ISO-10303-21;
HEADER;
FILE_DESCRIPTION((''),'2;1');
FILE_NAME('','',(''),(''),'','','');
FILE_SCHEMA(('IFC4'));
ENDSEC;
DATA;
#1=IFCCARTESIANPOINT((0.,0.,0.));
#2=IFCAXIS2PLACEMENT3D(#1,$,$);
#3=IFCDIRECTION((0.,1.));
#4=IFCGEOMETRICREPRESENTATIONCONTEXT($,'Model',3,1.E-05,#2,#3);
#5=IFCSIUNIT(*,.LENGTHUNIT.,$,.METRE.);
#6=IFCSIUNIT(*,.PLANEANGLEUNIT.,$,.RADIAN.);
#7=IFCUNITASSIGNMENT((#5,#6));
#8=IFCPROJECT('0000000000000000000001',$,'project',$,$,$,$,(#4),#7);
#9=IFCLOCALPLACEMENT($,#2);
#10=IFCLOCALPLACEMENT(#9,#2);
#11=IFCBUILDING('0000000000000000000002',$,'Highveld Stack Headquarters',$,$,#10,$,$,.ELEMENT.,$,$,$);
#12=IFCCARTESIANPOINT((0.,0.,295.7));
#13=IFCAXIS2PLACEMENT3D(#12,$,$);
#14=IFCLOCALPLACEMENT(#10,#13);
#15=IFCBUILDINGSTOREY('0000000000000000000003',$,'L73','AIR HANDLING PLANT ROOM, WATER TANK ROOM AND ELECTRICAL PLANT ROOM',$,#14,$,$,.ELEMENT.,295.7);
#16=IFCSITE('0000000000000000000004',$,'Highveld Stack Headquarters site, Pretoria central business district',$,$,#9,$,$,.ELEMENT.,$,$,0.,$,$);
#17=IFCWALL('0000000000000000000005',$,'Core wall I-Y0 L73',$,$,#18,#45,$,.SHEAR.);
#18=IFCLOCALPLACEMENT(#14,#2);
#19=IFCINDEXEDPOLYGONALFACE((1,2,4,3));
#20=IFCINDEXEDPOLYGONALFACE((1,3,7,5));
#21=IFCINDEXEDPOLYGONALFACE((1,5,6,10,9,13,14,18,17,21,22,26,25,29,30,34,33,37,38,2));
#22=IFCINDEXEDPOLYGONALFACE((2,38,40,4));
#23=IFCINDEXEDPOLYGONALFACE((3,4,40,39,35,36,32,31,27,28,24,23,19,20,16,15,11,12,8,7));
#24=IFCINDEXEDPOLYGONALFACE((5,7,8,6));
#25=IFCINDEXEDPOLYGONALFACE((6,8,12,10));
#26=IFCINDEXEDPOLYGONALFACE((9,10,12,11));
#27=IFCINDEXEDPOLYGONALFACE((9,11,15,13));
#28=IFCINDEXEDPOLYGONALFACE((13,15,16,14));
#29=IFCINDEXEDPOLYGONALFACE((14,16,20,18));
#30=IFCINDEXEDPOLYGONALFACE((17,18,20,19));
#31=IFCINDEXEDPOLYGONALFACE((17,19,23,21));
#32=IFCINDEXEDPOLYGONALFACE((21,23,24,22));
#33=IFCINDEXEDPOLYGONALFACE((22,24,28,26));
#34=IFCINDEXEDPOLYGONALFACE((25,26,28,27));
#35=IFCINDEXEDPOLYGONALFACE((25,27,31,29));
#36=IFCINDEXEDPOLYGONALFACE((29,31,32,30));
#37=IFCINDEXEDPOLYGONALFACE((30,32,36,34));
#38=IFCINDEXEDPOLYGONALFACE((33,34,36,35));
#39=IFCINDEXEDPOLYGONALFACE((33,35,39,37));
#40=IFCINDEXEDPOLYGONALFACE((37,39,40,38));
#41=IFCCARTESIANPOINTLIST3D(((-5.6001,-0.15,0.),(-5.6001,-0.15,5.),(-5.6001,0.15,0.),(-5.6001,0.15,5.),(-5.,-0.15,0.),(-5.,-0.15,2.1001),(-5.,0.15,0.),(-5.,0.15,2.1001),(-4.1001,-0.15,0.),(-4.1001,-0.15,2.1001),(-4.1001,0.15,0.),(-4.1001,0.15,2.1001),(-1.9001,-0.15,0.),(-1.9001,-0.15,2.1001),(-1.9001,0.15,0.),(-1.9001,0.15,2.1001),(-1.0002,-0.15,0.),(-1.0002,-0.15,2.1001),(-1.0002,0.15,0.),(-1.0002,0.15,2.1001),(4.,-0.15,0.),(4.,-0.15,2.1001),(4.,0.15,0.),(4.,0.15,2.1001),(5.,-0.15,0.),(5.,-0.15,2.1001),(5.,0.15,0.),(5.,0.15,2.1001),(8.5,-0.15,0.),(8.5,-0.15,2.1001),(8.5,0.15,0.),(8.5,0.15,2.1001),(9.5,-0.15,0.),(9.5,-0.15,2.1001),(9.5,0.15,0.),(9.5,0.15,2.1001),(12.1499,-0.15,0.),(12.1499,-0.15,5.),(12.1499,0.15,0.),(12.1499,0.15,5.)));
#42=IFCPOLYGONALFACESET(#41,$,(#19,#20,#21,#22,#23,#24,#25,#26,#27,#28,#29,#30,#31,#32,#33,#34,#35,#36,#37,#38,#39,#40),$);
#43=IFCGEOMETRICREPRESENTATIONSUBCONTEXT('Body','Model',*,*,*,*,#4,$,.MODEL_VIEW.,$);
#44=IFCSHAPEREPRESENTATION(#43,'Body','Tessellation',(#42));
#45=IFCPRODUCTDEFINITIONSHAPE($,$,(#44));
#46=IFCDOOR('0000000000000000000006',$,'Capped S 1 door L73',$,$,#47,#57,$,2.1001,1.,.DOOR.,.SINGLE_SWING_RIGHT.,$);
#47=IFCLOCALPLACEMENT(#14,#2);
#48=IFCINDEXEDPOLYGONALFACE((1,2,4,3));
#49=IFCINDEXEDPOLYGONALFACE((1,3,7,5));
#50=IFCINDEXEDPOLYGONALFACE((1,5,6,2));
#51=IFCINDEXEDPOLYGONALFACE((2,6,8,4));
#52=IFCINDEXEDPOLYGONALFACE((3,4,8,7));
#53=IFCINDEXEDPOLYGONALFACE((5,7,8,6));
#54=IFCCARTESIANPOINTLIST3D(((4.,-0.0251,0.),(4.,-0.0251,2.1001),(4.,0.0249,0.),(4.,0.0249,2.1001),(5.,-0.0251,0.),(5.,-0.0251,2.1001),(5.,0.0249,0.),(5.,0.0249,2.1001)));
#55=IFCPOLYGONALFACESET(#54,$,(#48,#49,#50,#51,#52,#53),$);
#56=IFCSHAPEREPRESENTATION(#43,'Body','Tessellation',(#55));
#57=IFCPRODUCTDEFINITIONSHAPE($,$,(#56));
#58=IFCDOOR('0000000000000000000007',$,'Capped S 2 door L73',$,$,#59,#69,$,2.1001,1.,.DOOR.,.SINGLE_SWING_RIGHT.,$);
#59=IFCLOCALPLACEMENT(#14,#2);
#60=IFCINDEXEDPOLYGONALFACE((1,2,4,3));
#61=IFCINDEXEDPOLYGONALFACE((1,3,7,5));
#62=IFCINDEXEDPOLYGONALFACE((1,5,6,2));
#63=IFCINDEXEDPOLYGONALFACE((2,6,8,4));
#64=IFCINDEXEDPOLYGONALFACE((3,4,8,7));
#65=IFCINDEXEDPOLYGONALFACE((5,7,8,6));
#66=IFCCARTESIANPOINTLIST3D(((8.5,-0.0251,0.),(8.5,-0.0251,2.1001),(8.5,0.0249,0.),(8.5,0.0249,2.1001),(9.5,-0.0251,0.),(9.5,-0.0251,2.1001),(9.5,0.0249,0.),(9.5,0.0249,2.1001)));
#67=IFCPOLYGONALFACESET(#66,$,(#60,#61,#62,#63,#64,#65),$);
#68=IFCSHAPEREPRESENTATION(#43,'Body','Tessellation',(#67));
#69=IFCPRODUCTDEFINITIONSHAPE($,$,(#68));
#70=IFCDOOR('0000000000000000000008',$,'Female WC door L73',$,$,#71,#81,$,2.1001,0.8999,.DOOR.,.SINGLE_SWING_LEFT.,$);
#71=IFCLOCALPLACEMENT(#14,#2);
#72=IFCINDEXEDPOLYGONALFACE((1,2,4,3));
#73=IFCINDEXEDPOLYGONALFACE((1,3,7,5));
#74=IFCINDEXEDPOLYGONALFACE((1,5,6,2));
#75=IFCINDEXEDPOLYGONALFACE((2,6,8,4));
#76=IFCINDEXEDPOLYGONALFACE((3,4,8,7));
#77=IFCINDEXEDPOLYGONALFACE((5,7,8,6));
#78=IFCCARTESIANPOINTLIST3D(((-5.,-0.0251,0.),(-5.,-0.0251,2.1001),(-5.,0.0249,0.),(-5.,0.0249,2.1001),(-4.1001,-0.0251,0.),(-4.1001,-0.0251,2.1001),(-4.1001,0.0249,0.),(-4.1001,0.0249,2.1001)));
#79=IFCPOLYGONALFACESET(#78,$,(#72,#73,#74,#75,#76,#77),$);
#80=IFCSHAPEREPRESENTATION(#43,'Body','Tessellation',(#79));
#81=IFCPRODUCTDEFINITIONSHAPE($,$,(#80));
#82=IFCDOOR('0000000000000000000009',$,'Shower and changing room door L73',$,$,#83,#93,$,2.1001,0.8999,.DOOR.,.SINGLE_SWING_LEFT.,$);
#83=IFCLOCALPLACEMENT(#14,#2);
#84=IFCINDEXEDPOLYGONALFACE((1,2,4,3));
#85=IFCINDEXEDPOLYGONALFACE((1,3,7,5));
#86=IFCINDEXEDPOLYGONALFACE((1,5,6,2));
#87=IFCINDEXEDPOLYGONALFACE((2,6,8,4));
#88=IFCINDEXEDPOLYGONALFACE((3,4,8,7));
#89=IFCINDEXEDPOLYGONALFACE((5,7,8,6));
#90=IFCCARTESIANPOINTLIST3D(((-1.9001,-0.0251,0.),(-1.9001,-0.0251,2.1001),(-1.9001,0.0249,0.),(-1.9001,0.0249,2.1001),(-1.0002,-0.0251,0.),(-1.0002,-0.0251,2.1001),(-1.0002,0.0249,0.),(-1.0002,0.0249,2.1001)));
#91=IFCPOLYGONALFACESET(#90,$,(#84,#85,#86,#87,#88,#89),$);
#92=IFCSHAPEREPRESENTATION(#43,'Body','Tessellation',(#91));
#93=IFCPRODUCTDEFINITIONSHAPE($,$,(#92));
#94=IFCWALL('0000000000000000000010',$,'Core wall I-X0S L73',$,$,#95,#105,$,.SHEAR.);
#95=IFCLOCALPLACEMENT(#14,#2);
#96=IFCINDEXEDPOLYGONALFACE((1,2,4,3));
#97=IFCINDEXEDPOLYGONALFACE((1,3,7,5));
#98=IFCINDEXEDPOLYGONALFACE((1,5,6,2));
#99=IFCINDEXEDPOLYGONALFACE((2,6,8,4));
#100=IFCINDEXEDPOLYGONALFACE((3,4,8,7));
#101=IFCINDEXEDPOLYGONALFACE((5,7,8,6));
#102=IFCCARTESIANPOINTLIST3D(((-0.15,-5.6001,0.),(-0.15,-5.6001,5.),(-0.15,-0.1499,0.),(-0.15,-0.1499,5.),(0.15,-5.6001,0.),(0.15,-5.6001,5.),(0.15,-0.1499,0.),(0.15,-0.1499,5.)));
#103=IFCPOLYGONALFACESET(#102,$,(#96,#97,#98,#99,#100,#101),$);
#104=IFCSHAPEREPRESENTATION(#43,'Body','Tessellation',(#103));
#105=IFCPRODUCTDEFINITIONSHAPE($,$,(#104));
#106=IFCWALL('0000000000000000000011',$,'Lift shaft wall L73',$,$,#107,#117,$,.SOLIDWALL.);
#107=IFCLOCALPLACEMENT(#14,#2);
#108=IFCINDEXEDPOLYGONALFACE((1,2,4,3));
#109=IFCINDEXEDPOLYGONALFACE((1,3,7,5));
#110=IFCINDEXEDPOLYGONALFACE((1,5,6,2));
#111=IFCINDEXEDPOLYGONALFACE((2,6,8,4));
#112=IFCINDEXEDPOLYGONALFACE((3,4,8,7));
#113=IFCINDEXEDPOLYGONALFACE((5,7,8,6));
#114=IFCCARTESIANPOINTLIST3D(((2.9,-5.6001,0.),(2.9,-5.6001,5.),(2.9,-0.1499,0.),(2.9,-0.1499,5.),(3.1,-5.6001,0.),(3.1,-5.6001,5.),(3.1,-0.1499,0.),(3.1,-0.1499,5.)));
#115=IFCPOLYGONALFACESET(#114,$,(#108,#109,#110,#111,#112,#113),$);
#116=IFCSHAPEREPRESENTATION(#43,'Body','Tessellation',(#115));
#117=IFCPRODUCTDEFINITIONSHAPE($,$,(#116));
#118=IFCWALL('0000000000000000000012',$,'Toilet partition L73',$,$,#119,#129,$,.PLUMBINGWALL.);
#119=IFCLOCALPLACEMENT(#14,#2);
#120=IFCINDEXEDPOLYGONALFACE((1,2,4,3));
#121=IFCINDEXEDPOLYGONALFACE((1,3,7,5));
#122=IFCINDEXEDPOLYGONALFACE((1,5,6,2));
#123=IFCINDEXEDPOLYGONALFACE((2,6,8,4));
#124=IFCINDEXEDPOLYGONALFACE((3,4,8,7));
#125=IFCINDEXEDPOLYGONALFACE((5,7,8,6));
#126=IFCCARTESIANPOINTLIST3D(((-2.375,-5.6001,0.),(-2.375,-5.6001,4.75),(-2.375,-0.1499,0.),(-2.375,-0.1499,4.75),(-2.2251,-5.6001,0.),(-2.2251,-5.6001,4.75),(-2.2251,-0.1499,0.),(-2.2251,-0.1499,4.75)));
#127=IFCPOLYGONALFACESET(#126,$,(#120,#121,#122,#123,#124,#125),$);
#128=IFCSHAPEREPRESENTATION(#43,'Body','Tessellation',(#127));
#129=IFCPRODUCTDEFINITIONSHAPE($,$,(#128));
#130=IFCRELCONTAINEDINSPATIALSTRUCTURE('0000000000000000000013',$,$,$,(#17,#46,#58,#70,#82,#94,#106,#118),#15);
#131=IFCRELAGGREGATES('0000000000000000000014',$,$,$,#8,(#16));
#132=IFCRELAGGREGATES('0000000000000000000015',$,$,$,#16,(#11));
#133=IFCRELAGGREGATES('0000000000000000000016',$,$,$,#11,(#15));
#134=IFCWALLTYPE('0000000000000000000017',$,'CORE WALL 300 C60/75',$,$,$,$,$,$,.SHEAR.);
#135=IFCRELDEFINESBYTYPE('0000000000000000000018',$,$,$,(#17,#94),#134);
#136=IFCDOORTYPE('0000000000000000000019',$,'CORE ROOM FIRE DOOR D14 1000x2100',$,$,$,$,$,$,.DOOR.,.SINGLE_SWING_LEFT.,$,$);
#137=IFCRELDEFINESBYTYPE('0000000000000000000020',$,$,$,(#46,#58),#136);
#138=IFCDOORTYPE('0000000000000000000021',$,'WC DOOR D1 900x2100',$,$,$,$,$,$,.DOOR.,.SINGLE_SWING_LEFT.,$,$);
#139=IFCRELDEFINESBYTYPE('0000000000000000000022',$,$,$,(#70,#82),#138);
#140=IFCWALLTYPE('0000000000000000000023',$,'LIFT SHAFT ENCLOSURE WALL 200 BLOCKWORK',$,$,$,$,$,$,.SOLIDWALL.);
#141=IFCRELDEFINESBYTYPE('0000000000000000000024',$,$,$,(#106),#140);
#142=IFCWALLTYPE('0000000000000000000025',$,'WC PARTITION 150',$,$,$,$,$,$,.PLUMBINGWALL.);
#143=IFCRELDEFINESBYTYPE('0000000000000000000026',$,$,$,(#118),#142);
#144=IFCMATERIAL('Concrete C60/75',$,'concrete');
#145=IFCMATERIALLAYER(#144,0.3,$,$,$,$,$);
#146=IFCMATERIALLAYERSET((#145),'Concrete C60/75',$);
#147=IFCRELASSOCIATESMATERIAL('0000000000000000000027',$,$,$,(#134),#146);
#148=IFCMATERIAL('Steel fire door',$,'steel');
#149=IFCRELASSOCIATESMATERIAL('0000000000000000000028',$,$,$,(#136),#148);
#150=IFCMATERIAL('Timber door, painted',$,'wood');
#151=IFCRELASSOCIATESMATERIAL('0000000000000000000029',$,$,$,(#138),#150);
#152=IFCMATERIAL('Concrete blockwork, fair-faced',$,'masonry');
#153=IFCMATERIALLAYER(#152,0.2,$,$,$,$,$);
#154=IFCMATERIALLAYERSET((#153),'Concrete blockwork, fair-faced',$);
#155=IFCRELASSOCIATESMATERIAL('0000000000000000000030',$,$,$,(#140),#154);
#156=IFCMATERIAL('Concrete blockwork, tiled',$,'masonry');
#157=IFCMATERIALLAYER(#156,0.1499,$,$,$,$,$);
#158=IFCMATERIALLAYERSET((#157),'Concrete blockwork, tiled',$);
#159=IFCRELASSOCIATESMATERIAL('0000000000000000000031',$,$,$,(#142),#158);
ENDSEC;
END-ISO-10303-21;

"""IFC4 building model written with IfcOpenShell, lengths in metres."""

from ifc_helpers import new_model, si_unit, direction, frame, frame_2d, origin, place, context, subcontext, project, spatial, rectangle, extrude, material, layer, layer_set, type_object, element, fill, save


model = new_model("IFC4")

# Units and contexts
model_context = context("Model", 3, precision=1e-05, world=origin(), true_north=direction((0.0, 1.0)))
body_context = subcontext(model_context, "Body", "Model", "MODEL_VIEW")
ifc_project = project(units=[si_unit("LENGTHUNIT", "METRE"), si_unit("PLANEANGLEUNIT", "RADIAN")], contexts=[model_context])

# Site, building, storey
site_placement = place(None, origin())
site = spatial("IfcSite", under=ifc_project, at=site_placement, Name="Highveld Stack Headquarters site, Pretoria central business district", CompositionType="ELEMENT", RefElevation=0.0)
building_placement = place(site_placement, origin())
building = spatial("IfcBuilding", under=site, at=building_placement, Name="Highveld Stack Headquarters", CompositionType="ELEMENT")
storey_placement = place(building_placement, frame((0.0, 0.0, 295.7)))
storey = spatial("IfcBuildingStorey", under=building, at=storey_placement, Name="L73", Description="AIR HANDLING PLANT ROOM, WATER TANK ROOM AND ELECTRICAL PLANT ROOM", CompositionType="ELEMENT", Elevation=295.7)

# Wall, openings, doors
ifc_material_1 = material(Name="Concrete C60/75", Category="concrete")
ifc_layer_1 = layer(ifc_material_1, 0.3)
ifc_layer_set_1 = layer_set([ifc_layer_1], Name="Concrete C60/75")
wall_type_1 = type_object("IfcWallType", Name="CORE WALL 300 C60/75", PredefinedType="SHEAR", material=ifc_layer_set_1)
wall_1_placement = place(storey_placement, frame((-5.6001, 0.0, 0.0), z_axis=(0.0, 0.0, 1.0), x_axis=(1.0, 0.0, 0.0)))
wall_1 = element("IfcWall", 1, at=wall_1_placement, inside=storey, type_object=wall_type_1, Name="Core wall I-Y0 L73", PredefinedType="SHEAR", context=body_context, shape_type="SweptSolid", body=[
    extrude(rectangle(XDim=17.75, YDim=0.3, at=frame_2d((8.875, 0.0))), origin(), (0.0, 0.0, 1.0), 5.0),
])
opening_1_placement = place(wall_1_placement, frame((0.6001, 0.0, 0.0)))
opening_1 = element("IfcOpeningElement", 2, at=opening_1_placement, cuts=wall_1, PredefinedType="OPENING", context=body_context, shape_type="SweptSolid", body=[
    extrude(rectangle(XDim=0.8999, YDim=2.1001, at=frame_2d((0.45, 1.05))), frame((0.0, 0.1599, 0.0), z_axis=(0.0, -1.0, 0.0), x_axis=(1.0, 0.0, 0.0)), (0.0, 0.0, 1.0), 0.3201),
])
opening_2_placement = place(wall_1_placement, frame((3.7, 0.0, 0.0)))
opening_2 = element("IfcOpeningElement", 3, at=opening_2_placement, cuts=wall_1, PredefinedType="OPENING", context=body_context, shape_type="SweptSolid", body=[
    extrude(rectangle(XDim=0.8999, YDim=2.1001, at=frame_2d((0.45, 1.05))), frame((0.0, 0.1599, 0.0), z_axis=(0.0, -1.0, 0.0), x_axis=(1.0, 0.0, 0.0)), (0.0, 0.0, 1.0), 0.3201),
])
opening_3_placement = place(wall_1_placement, frame((9.6001, 0.0, 0.0)))
opening_3 = element("IfcOpeningElement", 4, at=opening_3_placement, cuts=wall_1, PredefinedType="OPENING", context=body_context, shape_type="SweptSolid", body=[
    extrude(rectangle(XDim=1.0, YDim=2.1001, at=frame_2d((0.5, 1.05))), frame((0.0, 0.1599, 0.0), z_axis=(0.0, -1.0, 0.0), x_axis=(1.0, 0.0, 0.0)), (0.0, 0.0, 1.0), 0.3201),
])
opening_4_placement = place(wall_1_placement, frame((14.1001, 0.0, 0.0)))
opening_4 = element("IfcOpeningElement", 5, at=opening_4_placement, cuts=wall_1, PredefinedType="OPENING", context=body_context, shape_type="SweptSolid", body=[
    extrude(rectangle(XDim=1.0, YDim=2.1001, at=frame_2d((0.5, 1.05))), frame((0.0, 0.1599, 0.0), z_axis=(0.0, -1.0, 0.0), x_axis=(1.0, 0.0, 0.0)), (0.0, 0.0, 1.0), 0.3201),
])
ifc_material_2 = material(Name="Steel fire door", Category="steel")
door_type_1 = type_object("IfcDoorType", Name="CORE ROOM FIRE DOOR D14 1000x2100", OperationType="SINGLE_SWING_LEFT", PredefinedType="DOOR", material=ifc_material_2)
door_1_placement = place(opening_3_placement, origin())
door_1 = element("IfcDoor", 6, at=door_1_placement, inside=storey, type_object=door_type_1, Name="Capped S 1 door L73", OperationType="SINGLE_SWING_RIGHT", OverallHeight=2.1001, OverallWidth=1.0, PredefinedType="DOOR", context=body_context, shape_type="SweptSolid", body=[
    extrude(rectangle(XDim=1.0, YDim=2.1001, at=frame_2d((0.5, 1.05))), frame((0.0, 0.0249, 0.0), z_axis=(0.0, -1.0, 0.0), x_axis=(1.0, 0.0, 0.0)), (0.0, 0.0, 1.0), 0.05),
])
fill(opening_3, door_1)
door_2_placement = place(opening_4_placement, origin())
door_2 = element("IfcDoor", 7, at=door_2_placement, inside=storey, type_object=door_type_1, Name="Capped S 2 door L73", OperationType="SINGLE_SWING_RIGHT", OverallHeight=2.1001, OverallWidth=1.0, PredefinedType="DOOR", context=body_context, shape_type="SweptSolid", body=[
    extrude(rectangle(XDim=1.0, YDim=2.1001, at=frame_2d((0.5, 1.05))), frame((0.0, 0.0249, 0.0), z_axis=(0.0, -1.0, 0.0), x_axis=(1.0, 0.0, 0.0)), (0.0, 0.0, 1.0), 0.05),
])
fill(opening_4, door_2)
ifc_material_3 = material(Name="Timber door, painted", Category="wood")
door_type_2 = type_object("IfcDoorType", Name="WC DOOR D1 900x2100", OperationType="SINGLE_SWING_LEFT", PredefinedType="DOOR", material=ifc_material_3)
door_3_placement = place(opening_1_placement, origin())
door_3 = element("IfcDoor", 8, at=door_3_placement, inside=storey, type_object=door_type_2, Name="Female WC door L73", OperationType="SINGLE_SWING_LEFT", OverallHeight=2.1001, OverallWidth=0.8999, PredefinedType="DOOR", context=body_context, shape_type="SweptSolid", body=[
    extrude(rectangle(XDim=0.8999, YDim=2.1001, at=frame_2d((0.45, 1.05))), frame((0.0, 0.0249, 0.0), z_axis=(0.0, -1.0, 0.0), x_axis=(1.0, 0.0, 0.0)), (0.0, 0.0, 1.0), 0.05),
])
fill(opening_1, door_3)
door_4_placement = place(opening_2_placement, origin())
door_4 = element("IfcDoor", 9, at=door_4_placement, inside=storey, type_object=door_type_2, Name="Shower and changing room door L73", OperationType="SINGLE_SWING_LEFT", OverallHeight=2.1001, OverallWidth=0.8999, PredefinedType="DOOR", context=body_context, shape_type="SweptSolid", body=[
    extrude(rectangle(XDim=0.8999, YDim=2.1001, at=frame_2d((0.45, 1.05))), frame((0.0, 0.0249, 0.0), z_axis=(0.0, -1.0, 0.0), x_axis=(1.0, 0.0, 0.0)), (0.0, 0.0, 1.0), 0.05),
])
fill(opening_2, door_4)

# Walls
wall_2_placement = place(storey_placement, frame((0.0, -5.6001, 0.0), z_axis=(0.0, 0.0, 1.0), x_axis=(0.0, 1.0, 0.0)))
element("IfcWall", 10, at=wall_2_placement, inside=storey, type_object=wall_type_1, Name="Core wall I-X0S L73", PredefinedType="SHEAR", context=body_context, shape_type="SweptSolid", body=[
    extrude(rectangle(XDim=5.4502, YDim=0.3, at=frame_2d((2.7251, 0.0))), origin(), (0.0, 0.0, 1.0), 5.0),
])
ifc_material_4 = material(Name="Concrete blockwork, fair-faced", Category="masonry")
ifc_layer_2 = layer(ifc_material_4, 0.2)
ifc_layer_set_2 = layer_set([ifc_layer_2], Name="Concrete blockwork, fair-faced")
wall_type_2 = type_object("IfcWallType", Name="LIFT SHAFT ENCLOSURE WALL 200 BLOCKWORK", PredefinedType="SOLIDWALL", material=ifc_layer_set_2)
wall_3_placement = place(storey_placement, frame((3.0, -5.6001, 0.0), z_axis=(0.0, 0.0, 1.0), x_axis=(0.0, 1.0, 0.0)))
element("IfcWall", 11, at=wall_3_placement, inside=storey, type_object=wall_type_2, Name="Lift shaft wall L73", PredefinedType="SOLIDWALL", context=body_context, shape_type="SweptSolid", body=[
    extrude(rectangle(XDim=5.4502, YDim=0.2, at=frame_2d((2.7251, 0.0))), origin(), (0.0, 0.0, 1.0), 5.0),
])
ifc_material_5 = material(Name="Concrete blockwork, tiled", Category="masonry")
ifc_layer_3 = layer(ifc_material_5, 0.1499)
ifc_layer_set_3 = layer_set([ifc_layer_3], Name="Concrete blockwork, tiled")
wall_type_3 = type_object("IfcWallType", Name="WC PARTITION 150", PredefinedType="PLUMBINGWALL", material=ifc_layer_set_3)
wall_4_placement = place(storey_placement, frame((-2.3, -5.6001, 0.0), z_axis=(0.0, 0.0, 1.0), x_axis=(0.0, 1.0, 0.0)))
element("IfcWall", 12, at=wall_4_placement, inside=storey, type_object=wall_type_3, Name="Toilet partition L73", PredefinedType="PLUMBINGWALL", context=body_context, shape_type="SweptSolid", body=[
    extrude(rectangle(XDim=5.4502, YDim=0.1499, at=frame_2d((2.7251, 0.0))), origin(), (0.0, 0.0, 1.0), 4.75),
])

save(model, "model.ifc")
